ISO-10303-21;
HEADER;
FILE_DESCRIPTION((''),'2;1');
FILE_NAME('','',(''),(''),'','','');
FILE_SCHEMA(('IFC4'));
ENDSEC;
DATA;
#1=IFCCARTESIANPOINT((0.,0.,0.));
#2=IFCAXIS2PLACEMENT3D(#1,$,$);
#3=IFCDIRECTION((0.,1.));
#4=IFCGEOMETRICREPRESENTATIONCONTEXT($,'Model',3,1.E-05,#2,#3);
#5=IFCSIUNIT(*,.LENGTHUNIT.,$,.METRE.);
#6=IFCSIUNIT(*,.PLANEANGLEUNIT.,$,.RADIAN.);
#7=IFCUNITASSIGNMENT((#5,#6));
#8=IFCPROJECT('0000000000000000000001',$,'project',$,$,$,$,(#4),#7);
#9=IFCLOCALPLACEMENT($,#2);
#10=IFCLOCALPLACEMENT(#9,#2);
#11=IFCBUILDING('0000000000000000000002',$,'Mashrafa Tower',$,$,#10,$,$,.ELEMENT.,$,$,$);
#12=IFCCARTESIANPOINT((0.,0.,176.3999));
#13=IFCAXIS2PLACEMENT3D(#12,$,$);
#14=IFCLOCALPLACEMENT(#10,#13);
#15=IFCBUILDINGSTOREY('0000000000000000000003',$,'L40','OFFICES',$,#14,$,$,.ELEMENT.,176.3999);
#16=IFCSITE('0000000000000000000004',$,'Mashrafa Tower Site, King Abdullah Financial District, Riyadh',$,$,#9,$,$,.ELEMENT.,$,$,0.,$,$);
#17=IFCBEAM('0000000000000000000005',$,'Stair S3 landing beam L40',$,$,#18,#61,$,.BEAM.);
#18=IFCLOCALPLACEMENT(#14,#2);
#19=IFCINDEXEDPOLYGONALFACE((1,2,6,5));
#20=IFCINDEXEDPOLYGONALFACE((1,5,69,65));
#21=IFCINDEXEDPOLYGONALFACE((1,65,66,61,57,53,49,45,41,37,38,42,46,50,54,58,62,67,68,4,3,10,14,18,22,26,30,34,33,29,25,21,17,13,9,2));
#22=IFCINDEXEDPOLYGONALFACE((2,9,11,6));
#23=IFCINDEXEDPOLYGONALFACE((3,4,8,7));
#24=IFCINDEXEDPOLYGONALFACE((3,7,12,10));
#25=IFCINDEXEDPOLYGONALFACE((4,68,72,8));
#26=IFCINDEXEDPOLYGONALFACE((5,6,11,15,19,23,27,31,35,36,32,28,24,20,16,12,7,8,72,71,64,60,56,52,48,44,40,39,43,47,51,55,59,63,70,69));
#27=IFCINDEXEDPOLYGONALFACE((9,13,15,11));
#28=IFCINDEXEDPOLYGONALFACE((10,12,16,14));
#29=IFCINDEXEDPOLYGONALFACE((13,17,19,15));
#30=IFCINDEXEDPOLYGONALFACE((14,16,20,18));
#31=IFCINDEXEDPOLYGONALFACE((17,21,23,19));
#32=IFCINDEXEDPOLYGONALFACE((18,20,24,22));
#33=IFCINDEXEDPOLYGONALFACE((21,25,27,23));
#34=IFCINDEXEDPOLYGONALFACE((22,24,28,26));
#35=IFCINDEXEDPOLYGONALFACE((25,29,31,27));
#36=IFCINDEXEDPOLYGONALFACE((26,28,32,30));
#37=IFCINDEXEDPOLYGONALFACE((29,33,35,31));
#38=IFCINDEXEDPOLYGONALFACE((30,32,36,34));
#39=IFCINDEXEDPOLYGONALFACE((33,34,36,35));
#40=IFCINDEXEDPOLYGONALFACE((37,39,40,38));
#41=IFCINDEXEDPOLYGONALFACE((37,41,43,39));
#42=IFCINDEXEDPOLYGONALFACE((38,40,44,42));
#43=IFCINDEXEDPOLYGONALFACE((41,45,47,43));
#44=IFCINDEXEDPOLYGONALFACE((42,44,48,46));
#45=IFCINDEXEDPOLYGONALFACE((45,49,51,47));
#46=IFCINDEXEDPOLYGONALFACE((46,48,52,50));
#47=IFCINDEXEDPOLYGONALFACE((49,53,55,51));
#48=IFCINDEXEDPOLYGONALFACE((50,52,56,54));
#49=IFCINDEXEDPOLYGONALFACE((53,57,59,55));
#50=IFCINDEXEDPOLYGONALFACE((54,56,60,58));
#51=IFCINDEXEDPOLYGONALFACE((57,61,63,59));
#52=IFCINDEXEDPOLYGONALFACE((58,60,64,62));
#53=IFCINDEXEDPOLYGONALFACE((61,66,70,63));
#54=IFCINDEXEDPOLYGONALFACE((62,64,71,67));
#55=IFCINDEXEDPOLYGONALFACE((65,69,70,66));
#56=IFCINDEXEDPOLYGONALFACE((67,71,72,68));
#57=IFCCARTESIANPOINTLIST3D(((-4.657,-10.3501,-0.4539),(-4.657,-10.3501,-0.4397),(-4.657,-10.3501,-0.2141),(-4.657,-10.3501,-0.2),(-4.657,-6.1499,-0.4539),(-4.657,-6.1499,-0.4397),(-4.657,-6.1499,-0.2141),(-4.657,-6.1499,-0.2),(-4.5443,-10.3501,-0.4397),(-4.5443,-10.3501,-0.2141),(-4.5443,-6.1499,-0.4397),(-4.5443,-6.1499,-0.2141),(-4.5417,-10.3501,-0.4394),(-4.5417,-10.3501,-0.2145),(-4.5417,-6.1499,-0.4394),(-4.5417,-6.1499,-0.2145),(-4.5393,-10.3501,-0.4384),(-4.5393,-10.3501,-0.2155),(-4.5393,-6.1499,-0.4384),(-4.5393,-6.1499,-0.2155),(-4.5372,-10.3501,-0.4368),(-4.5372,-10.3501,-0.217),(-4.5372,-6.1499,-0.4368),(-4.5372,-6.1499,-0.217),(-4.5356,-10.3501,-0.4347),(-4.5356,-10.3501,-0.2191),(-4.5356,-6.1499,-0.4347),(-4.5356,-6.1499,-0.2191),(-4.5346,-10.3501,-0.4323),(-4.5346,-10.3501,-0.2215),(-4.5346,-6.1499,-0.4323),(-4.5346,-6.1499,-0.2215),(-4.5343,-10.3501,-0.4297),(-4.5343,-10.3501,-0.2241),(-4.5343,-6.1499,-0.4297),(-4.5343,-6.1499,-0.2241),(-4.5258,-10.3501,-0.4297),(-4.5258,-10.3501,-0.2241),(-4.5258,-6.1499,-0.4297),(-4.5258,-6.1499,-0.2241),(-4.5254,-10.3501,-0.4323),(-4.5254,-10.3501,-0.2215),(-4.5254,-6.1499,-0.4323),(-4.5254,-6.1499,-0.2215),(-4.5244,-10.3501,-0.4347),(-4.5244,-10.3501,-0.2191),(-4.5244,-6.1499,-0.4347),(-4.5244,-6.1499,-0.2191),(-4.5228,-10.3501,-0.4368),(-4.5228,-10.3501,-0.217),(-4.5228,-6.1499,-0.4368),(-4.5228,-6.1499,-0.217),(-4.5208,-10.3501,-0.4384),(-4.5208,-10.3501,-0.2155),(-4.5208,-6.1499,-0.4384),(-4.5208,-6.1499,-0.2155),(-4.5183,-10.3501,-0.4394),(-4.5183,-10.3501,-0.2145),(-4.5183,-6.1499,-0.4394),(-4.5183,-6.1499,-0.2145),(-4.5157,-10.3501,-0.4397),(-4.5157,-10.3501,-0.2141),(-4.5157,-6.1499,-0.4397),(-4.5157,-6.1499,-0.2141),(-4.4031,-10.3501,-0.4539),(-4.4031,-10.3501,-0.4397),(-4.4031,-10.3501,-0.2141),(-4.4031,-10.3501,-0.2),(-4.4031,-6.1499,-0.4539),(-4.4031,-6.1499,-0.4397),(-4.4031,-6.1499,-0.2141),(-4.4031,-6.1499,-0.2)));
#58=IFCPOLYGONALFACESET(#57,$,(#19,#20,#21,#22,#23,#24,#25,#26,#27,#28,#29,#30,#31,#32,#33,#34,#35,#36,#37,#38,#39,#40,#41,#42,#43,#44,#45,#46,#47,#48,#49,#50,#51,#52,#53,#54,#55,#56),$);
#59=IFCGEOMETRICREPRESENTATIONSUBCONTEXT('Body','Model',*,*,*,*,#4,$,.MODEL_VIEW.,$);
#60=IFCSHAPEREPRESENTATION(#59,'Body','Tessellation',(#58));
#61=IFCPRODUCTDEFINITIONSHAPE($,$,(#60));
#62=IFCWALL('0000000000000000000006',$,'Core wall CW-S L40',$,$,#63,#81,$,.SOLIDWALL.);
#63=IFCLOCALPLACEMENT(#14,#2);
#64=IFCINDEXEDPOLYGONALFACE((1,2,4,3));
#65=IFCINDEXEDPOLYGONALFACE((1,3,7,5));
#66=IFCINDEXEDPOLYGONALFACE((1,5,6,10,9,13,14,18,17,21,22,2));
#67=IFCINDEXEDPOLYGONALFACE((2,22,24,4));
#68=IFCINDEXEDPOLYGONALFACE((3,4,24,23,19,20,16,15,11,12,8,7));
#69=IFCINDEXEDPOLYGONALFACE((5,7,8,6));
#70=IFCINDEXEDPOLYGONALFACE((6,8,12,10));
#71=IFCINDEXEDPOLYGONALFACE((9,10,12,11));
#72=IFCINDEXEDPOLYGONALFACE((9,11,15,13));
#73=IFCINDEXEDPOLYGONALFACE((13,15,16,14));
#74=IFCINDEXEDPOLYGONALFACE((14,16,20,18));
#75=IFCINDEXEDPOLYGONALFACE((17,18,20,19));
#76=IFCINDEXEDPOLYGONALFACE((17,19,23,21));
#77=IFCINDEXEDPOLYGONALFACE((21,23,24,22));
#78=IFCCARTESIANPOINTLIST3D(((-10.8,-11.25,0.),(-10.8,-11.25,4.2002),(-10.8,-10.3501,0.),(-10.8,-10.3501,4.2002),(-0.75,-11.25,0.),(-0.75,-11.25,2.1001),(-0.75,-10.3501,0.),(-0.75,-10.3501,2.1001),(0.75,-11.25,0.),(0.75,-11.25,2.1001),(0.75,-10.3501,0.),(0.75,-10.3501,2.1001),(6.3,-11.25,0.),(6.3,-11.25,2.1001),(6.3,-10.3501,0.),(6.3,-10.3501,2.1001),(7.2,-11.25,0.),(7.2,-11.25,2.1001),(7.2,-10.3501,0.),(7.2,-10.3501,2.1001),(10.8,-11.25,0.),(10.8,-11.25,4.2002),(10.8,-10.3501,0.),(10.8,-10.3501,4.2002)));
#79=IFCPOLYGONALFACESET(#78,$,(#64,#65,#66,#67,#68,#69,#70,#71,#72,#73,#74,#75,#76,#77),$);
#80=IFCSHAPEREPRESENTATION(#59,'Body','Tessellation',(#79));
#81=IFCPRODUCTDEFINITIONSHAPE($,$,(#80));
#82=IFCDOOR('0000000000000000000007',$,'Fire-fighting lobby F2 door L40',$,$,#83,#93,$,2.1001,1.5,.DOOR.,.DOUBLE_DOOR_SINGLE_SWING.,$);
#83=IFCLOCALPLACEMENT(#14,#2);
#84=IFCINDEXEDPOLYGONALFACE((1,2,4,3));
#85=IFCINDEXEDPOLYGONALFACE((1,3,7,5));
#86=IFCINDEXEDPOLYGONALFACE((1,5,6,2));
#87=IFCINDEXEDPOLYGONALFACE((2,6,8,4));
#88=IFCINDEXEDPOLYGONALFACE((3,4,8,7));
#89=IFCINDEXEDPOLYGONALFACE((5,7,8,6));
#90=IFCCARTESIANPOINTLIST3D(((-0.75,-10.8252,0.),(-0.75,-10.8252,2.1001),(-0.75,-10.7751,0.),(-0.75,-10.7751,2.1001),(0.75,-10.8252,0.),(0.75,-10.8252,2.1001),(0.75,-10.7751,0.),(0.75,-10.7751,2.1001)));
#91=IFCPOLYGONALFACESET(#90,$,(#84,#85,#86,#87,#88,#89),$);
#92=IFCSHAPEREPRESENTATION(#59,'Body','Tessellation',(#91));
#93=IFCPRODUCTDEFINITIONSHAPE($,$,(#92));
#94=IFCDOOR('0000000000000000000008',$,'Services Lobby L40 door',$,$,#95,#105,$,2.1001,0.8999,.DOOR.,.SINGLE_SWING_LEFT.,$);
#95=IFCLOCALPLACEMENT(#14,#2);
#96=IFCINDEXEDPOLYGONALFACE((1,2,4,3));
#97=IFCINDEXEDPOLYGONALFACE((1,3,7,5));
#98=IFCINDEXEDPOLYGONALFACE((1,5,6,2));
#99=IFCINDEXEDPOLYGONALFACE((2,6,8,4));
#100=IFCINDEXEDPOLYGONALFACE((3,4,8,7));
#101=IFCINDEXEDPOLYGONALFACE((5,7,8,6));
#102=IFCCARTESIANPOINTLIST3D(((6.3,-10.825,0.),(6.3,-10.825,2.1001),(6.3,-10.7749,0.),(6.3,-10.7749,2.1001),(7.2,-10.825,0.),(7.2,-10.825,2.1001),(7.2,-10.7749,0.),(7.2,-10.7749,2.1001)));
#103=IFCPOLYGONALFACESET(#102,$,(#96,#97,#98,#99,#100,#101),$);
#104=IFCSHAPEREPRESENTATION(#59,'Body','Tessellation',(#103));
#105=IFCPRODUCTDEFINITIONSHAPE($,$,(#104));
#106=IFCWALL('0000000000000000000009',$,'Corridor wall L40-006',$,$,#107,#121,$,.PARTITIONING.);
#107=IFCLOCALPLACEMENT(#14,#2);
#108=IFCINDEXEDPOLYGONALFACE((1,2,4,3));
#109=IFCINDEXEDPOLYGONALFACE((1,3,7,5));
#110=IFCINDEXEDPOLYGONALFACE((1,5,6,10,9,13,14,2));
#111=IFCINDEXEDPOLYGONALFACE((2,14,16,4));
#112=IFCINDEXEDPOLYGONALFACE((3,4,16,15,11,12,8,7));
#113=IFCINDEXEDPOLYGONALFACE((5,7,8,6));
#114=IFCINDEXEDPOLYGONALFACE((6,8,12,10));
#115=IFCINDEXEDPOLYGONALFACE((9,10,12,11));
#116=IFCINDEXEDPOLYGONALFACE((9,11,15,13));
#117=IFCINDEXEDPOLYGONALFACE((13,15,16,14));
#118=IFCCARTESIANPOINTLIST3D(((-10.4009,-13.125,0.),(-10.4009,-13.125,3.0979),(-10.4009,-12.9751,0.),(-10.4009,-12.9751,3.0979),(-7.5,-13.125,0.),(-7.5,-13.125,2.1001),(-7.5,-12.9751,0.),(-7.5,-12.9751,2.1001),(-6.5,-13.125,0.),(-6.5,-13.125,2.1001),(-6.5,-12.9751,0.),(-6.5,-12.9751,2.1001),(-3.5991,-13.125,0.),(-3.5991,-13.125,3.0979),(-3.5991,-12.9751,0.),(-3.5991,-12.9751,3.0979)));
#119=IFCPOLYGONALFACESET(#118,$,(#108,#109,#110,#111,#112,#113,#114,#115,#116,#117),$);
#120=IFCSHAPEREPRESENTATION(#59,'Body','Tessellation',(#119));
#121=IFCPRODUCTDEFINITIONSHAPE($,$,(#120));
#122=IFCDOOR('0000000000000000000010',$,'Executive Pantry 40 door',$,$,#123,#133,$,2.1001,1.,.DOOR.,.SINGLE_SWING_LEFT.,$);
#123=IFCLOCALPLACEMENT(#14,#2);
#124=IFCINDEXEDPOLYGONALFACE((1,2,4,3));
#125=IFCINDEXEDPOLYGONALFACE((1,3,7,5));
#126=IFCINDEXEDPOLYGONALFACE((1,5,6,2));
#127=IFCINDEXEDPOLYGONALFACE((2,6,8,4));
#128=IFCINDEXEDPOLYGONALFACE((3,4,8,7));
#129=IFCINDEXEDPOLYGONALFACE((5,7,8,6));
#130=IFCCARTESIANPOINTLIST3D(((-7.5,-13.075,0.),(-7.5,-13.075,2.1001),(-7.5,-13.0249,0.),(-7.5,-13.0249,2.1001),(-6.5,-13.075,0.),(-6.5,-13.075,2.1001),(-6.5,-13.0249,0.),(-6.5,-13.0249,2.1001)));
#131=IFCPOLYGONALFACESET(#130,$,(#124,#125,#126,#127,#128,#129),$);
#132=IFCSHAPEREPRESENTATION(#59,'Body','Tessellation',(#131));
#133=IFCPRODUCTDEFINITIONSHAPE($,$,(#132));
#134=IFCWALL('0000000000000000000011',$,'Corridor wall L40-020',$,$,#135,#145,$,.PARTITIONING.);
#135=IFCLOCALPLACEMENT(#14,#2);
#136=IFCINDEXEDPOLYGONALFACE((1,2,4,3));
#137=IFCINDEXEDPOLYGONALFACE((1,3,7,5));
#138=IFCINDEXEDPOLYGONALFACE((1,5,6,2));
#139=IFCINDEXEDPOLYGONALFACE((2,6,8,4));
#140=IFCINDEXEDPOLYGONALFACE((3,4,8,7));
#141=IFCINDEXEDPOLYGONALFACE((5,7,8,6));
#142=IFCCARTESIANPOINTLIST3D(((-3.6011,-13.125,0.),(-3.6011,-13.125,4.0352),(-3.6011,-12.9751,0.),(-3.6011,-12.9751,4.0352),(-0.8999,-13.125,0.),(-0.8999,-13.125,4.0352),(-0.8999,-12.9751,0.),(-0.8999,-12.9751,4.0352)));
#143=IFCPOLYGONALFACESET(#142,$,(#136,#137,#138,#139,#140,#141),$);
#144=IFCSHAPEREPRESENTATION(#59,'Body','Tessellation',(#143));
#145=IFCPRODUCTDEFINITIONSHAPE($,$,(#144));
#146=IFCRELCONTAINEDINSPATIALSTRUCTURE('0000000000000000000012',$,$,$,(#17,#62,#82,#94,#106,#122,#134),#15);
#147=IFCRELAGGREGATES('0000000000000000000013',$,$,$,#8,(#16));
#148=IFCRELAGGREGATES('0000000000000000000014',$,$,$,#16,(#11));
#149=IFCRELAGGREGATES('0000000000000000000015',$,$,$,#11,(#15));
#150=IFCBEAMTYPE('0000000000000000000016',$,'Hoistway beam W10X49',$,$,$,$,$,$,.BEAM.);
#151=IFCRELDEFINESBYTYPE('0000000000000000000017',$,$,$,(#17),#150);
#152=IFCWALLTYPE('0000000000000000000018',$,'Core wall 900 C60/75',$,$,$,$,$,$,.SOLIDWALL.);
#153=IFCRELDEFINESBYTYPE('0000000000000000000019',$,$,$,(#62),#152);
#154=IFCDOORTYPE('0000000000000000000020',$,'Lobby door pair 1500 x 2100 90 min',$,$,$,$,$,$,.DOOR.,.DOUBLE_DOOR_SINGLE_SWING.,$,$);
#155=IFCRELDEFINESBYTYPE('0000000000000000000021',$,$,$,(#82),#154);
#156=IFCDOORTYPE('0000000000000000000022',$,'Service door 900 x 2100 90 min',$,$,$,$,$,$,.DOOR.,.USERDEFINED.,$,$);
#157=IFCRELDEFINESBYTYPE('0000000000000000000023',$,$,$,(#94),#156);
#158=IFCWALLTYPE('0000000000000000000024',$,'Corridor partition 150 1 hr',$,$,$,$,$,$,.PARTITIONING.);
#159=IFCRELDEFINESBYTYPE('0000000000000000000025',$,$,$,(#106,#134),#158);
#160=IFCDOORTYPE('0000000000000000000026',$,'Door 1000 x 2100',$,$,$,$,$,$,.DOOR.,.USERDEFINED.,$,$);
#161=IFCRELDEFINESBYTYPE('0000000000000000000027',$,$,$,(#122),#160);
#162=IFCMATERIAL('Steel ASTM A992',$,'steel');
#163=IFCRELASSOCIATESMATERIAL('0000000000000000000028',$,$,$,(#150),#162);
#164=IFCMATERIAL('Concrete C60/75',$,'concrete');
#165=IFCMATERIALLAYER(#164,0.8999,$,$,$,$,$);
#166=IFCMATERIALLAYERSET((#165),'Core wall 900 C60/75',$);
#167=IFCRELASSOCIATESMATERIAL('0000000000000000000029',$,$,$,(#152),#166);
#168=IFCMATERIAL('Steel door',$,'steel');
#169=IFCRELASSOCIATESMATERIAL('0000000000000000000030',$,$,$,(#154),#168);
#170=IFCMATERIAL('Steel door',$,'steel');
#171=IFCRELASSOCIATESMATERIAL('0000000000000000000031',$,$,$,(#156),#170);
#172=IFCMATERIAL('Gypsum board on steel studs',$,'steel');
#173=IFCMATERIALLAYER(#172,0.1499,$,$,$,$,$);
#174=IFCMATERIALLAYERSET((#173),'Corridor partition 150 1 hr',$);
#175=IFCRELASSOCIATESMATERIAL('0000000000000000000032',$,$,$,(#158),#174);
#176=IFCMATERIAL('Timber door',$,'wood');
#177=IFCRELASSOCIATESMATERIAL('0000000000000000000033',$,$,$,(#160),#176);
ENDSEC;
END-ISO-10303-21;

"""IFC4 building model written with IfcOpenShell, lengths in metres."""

from ifc_helpers import new_model, si_unit, direction, frame, frame_2d, origin, origin_2d, place, context, subcontext, project, spatial, rectangle, i_section, extrude, material, layer, layer_set, material_profile, profile_set, type_object, element, fill, save


model = new_model("IFC4")

# Units and contexts
model_context = context("Model", 3, precision=1e-05, world=origin(), true_north=direction((0.0, 1.0)))
body_context = subcontext(model_context, "Body", "Model", "MODEL_VIEW")
ifc_project = project(units=[si_unit("LENGTHUNIT", "METRE"), si_unit("PLANEANGLEUNIT", "RADIAN")], contexts=[model_context])

# Site, building, storey
site_placement = place(None, origin())
site = spatial("IfcSite", under=ifc_project, at=site_placement, Name="Mashrafa Tower Site, King Abdullah Financial District, Riyadh", CompositionType="ELEMENT", RefElevation=0.0)
building_placement = place(site_placement, origin())
building = spatial("IfcBuilding", under=site, at=building_placement, Name="Mashrafa Tower", CompositionType="ELEMENT")
storey_placement = place(building_placement, frame((0.0, 0.0, 176.3999)))
storey = spatial("IfcBuildingStorey", under=building, at=storey_placement, Name="L40", Description="OFFICES", CompositionType="ELEMENT", Elevation=176.3999)

# Beam
ifc_material_1 = material(Name="Steel ASTM A992", Category="steel")
ifc_material_profile_1 = material_profile(ifc_material_1, i_section(OverallWidth=0.2539, OverallDepth=0.2539, WebThickness=0.0085, FlangeThickness=0.0142, FilletRadius=0.01, at=origin_2d()), Name="W10X49")
ifc_profile_set_1 = profile_set([ifc_material_profile_1], Name="Steel ASTM A992")
beam_type_1 = type_object("IfcBeamType", Name="Hoistway beam W10X49", PredefinedType="BEAM", material=ifc_profile_set_1)
beam_1_placement = place(storey_placement, frame((-4.53, -10.3501, -0.3269), z_axis=(0.0, 1.0, 0.0), x_axis=(-1.0, 0.0, 0.0)))
element("IfcBeam", 1, at=beam_1_placement, inside=storey, type_object=beam_type_1, Name="Stair S3 landing beam L40", PredefinedType="BEAM", context=body_context, shape_type="SweptSolid", body=[
    extrude(i_section(OverallWidth=0.2539, OverallDepth=0.2539, WebThickness=0.0085, FlangeThickness=0.0142, FilletRadius=0.01, at=origin_2d()), origin(), (0.0, 0.0, 1.0), 4.2002),
])

# Wall, openings, doors
ifc_material_2 = material(Name="Concrete C60/75", Category="concrete")
ifc_layer_1 = layer(ifc_material_2, 0.8999)
ifc_layer_set_1 = layer_set([ifc_layer_1], Name="Core wall 900 C60/75")
wall_type_1 = type_object("IfcWallType", Name="Core wall 900 C60/75", PredefinedType="SOLIDWALL", material=ifc_layer_set_1)
wall_1_placement = place(storey_placement, frame((-10.8, -10.8, 0.0), z_axis=(0.0, 0.0, 1.0), x_axis=(1.0, 0.0, 0.0)))
wall_1 = element("IfcWall", 2, at=wall_1_placement, inside=storey, type_object=wall_type_1, Name="Core wall CW-S L40", PredefinedType="SOLIDWALL", context=body_context, shape_type="SweptSolid", body=[
    extrude(rectangle(XDim=21.6001, YDim=0.8999, at=frame_2d((10.8, 0.0))), origin(), (0.0, 0.0, 1.0), 4.2002),
])
opening_1_placement = place(wall_1_placement, frame((10.05, 0.0, 0.0)))
opening_1 = element("IfcOpeningElement", 3, at=opening_1_placement, cuts=wall_1, PredefinedType="OPENING", context=body_context, shape_type="SweptSolid", body=[
    extrude(rectangle(XDim=1.5, YDim=2.1001, at=frame_2d((0.75, 1.05))), frame((0.0, 0.46, 0.0), z_axis=(0.0, -1.0, 0.0), x_axis=(1.0, 0.0, 0.0)), (0.0, 0.0, 1.0), 0.9199),
])
opening_2_placement = place(wall_1_placement, frame((17.1001, 0.0, 0.0)))
opening_2 = element("IfcOpeningElement", 4, at=opening_2_placement, cuts=wall_1, PredefinedType="OPENING", context=body_context, shape_type="SweptSolid", body=[
    extrude(rectangle(XDim=0.8999, YDim=2.1001, at=frame_2d((0.45, 1.05))), frame((0.0, 0.46, 0.0), z_axis=(0.0, -1.0, 0.0), x_axis=(1.0, 0.0, 0.0)), (0.0, 0.0, 1.0), 0.9199),
])
ifc_material_3 = material(Name="Steel door", Category="steel")
door_type_1 = type_object("IfcDoorType", Name="Lobby door pair 1500 x 2100 90 min", OperationType="DOUBLE_DOOR_SINGLE_SWING", PredefinedType="DOOR", material=ifc_material_3)
door_1_placement = place(opening_1_placement, origin())
door_1 = element("IfcDoor", 5, at=door_1_placement, inside=storey, type_object=door_type_1, Name="Fire-fighting lobby F2 door L40", OperationType="DOUBLE_DOOR_SINGLE_SWING", OverallHeight=2.1001, OverallWidth=1.5, PredefinedType="DOOR", context=body_context, shape_type="SweptSolid", body=[
    extrude(rectangle(XDim=1.5, YDim=2.1001, at=frame_2d((0.75, 1.05))), frame((0.0, 0.0249, 0.0), z_axis=(0.0, -1.0, 0.0), x_axis=(1.0, 0.0, 0.0)), (0.0, 0.0, 1.0), 0.05),
])
fill(opening_1, door_1)
ifc_material_4 = material(Name="Steel door", Category="steel")
door_type_2 = type_object("IfcDoorType", Name="Service door 900 x 2100 90 min", OperationType="USERDEFINED", PredefinedType="DOOR", material=ifc_material_4)
door_2_placement = place(opening_2_placement, frame((0.8999, 0.0, 0.0), z_axis=(0.0, 0.0, 1.0), x_axis=(-1.0, 0.0, 0.0)))
door_2 = element("IfcDoor", 6, at=door_2_placement, inside=storey, type_object=door_type_2, Name="Services Lobby L40 door", OperationType="SINGLE_SWING_LEFT", OverallHeight=2.1001, OverallWidth=0.8999, PredefinedType="DOOR", context=body_context, shape_type="SweptSolid", body=[
    extrude(rectangle(XDim=0.8999, YDim=2.1001, at=frame_2d((0.45, 1.05))), frame((0.0, 0.0249, 0.0), z_axis=(0.0, -1.0, 0.0), x_axis=(1.0, 0.0, 0.0)), (0.0, 0.0, 1.0), 0.05),
])
fill(opening_2, door_2)

# Wall, opening, door
ifc_material_5 = material(Name="Gypsum board on steel studs", Category="steel")
ifc_layer_2 = layer(ifc_material_5, 0.1499)
ifc_layer_set_2 = layer_set([ifc_layer_2], Name="Corridor partition 150 1 hr")
wall_type_2 = type_object("IfcWallType", Name="Corridor partition 150 1 hr", PredefinedType="PARTITIONING", material=ifc_layer_set_2)
wall_2_placement = place(storey_placement, frame((-10.4009, -13.05, 0.0), z_axis=(0.0, 0.0, 1.0), x_axis=(1.0, 0.0, 0.0)))
wall_2 = element("IfcWall", 7, at=wall_2_placement, inside=storey, type_object=wall_type_2, Name="Corridor wall L40-006", PredefinedType="PARTITIONING", context=body_context, shape_type="SweptSolid", body=[
    extrude(rectangle(XDim=6.8018, YDim=0.1499, at=frame_2d((3.4009, 0.0))), origin(), (0.0, 0.0, 1.0), 3.0979),
])
opening_3_placement = place(wall_2_placement, frame((2.9009, 0.0, 0.0)))
opening_3 = element("IfcOpeningElement", 8, at=opening_3_placement, cuts=wall_2, PredefinedType="OPENING", context=body_context, shape_type="SweptSolid", body=[
    extrude(rectangle(XDim=1.0, YDim=2.1001, at=frame_2d((0.5, 1.05))), frame((0.0, 0.085, 0.0), z_axis=(0.0, -1.0, 0.0), x_axis=(1.0, 0.0, 0.0)), (0.0, 0.0, 1.0), 0.1699),
])
ifc_material_6 = material(Name="Timber door", Category="wood")
door_type_3 = type_object("IfcDoorType", Name="Door 1000 x 2100", OperationType="USERDEFINED", PredefinedType="DOOR", material=ifc_material_6)
door_3_placement = place(opening_3_placement, frame((1.0, 0.0, 0.0), z_axis=(0.0, 0.0, 1.0), x_axis=(-1.0, 0.0, 0.0)))
door_3 = element("IfcDoor", 9, at=door_3_placement, inside=storey, type_object=door_type_3, Name="Executive Pantry 40 door", OperationType="SINGLE_SWING_LEFT", OverallHeight=2.1001, OverallWidth=1.0, PredefinedType="DOOR", context=body_context, shape_type="SweptSolid", body=[
    extrude(rectangle(XDim=1.0, YDim=2.1001, at=frame_2d((0.5, 1.05))), frame((0.0, 0.0249, 0.0), z_axis=(0.0, -1.0, 0.0), x_axis=(1.0, 0.0, 0.0)), (0.0, 0.0, 1.0), 0.05),
])
fill(opening_3, door_3)

# Wall
wall_3_placement = place(storey_placement, frame((-3.6011, -13.05, 0.0), z_axis=(0.0, 0.0, 1.0), x_axis=(1.0, 0.0, 0.0)))
element("IfcWall", 10, at=wall_3_placement, inside=storey, type_object=wall_type_2, Name="Corridor wall L40-020", PredefinedType="PARTITIONING", context=body_context, shape_type="SweptSolid", body=[
    extrude(rectangle(XDim=2.7012, YDim=0.1499, at=frame_2d((1.3506, 0.0))), origin(), (0.0, 0.0, 1.0), 4.0352),
])

save(model, "model.ifc")
